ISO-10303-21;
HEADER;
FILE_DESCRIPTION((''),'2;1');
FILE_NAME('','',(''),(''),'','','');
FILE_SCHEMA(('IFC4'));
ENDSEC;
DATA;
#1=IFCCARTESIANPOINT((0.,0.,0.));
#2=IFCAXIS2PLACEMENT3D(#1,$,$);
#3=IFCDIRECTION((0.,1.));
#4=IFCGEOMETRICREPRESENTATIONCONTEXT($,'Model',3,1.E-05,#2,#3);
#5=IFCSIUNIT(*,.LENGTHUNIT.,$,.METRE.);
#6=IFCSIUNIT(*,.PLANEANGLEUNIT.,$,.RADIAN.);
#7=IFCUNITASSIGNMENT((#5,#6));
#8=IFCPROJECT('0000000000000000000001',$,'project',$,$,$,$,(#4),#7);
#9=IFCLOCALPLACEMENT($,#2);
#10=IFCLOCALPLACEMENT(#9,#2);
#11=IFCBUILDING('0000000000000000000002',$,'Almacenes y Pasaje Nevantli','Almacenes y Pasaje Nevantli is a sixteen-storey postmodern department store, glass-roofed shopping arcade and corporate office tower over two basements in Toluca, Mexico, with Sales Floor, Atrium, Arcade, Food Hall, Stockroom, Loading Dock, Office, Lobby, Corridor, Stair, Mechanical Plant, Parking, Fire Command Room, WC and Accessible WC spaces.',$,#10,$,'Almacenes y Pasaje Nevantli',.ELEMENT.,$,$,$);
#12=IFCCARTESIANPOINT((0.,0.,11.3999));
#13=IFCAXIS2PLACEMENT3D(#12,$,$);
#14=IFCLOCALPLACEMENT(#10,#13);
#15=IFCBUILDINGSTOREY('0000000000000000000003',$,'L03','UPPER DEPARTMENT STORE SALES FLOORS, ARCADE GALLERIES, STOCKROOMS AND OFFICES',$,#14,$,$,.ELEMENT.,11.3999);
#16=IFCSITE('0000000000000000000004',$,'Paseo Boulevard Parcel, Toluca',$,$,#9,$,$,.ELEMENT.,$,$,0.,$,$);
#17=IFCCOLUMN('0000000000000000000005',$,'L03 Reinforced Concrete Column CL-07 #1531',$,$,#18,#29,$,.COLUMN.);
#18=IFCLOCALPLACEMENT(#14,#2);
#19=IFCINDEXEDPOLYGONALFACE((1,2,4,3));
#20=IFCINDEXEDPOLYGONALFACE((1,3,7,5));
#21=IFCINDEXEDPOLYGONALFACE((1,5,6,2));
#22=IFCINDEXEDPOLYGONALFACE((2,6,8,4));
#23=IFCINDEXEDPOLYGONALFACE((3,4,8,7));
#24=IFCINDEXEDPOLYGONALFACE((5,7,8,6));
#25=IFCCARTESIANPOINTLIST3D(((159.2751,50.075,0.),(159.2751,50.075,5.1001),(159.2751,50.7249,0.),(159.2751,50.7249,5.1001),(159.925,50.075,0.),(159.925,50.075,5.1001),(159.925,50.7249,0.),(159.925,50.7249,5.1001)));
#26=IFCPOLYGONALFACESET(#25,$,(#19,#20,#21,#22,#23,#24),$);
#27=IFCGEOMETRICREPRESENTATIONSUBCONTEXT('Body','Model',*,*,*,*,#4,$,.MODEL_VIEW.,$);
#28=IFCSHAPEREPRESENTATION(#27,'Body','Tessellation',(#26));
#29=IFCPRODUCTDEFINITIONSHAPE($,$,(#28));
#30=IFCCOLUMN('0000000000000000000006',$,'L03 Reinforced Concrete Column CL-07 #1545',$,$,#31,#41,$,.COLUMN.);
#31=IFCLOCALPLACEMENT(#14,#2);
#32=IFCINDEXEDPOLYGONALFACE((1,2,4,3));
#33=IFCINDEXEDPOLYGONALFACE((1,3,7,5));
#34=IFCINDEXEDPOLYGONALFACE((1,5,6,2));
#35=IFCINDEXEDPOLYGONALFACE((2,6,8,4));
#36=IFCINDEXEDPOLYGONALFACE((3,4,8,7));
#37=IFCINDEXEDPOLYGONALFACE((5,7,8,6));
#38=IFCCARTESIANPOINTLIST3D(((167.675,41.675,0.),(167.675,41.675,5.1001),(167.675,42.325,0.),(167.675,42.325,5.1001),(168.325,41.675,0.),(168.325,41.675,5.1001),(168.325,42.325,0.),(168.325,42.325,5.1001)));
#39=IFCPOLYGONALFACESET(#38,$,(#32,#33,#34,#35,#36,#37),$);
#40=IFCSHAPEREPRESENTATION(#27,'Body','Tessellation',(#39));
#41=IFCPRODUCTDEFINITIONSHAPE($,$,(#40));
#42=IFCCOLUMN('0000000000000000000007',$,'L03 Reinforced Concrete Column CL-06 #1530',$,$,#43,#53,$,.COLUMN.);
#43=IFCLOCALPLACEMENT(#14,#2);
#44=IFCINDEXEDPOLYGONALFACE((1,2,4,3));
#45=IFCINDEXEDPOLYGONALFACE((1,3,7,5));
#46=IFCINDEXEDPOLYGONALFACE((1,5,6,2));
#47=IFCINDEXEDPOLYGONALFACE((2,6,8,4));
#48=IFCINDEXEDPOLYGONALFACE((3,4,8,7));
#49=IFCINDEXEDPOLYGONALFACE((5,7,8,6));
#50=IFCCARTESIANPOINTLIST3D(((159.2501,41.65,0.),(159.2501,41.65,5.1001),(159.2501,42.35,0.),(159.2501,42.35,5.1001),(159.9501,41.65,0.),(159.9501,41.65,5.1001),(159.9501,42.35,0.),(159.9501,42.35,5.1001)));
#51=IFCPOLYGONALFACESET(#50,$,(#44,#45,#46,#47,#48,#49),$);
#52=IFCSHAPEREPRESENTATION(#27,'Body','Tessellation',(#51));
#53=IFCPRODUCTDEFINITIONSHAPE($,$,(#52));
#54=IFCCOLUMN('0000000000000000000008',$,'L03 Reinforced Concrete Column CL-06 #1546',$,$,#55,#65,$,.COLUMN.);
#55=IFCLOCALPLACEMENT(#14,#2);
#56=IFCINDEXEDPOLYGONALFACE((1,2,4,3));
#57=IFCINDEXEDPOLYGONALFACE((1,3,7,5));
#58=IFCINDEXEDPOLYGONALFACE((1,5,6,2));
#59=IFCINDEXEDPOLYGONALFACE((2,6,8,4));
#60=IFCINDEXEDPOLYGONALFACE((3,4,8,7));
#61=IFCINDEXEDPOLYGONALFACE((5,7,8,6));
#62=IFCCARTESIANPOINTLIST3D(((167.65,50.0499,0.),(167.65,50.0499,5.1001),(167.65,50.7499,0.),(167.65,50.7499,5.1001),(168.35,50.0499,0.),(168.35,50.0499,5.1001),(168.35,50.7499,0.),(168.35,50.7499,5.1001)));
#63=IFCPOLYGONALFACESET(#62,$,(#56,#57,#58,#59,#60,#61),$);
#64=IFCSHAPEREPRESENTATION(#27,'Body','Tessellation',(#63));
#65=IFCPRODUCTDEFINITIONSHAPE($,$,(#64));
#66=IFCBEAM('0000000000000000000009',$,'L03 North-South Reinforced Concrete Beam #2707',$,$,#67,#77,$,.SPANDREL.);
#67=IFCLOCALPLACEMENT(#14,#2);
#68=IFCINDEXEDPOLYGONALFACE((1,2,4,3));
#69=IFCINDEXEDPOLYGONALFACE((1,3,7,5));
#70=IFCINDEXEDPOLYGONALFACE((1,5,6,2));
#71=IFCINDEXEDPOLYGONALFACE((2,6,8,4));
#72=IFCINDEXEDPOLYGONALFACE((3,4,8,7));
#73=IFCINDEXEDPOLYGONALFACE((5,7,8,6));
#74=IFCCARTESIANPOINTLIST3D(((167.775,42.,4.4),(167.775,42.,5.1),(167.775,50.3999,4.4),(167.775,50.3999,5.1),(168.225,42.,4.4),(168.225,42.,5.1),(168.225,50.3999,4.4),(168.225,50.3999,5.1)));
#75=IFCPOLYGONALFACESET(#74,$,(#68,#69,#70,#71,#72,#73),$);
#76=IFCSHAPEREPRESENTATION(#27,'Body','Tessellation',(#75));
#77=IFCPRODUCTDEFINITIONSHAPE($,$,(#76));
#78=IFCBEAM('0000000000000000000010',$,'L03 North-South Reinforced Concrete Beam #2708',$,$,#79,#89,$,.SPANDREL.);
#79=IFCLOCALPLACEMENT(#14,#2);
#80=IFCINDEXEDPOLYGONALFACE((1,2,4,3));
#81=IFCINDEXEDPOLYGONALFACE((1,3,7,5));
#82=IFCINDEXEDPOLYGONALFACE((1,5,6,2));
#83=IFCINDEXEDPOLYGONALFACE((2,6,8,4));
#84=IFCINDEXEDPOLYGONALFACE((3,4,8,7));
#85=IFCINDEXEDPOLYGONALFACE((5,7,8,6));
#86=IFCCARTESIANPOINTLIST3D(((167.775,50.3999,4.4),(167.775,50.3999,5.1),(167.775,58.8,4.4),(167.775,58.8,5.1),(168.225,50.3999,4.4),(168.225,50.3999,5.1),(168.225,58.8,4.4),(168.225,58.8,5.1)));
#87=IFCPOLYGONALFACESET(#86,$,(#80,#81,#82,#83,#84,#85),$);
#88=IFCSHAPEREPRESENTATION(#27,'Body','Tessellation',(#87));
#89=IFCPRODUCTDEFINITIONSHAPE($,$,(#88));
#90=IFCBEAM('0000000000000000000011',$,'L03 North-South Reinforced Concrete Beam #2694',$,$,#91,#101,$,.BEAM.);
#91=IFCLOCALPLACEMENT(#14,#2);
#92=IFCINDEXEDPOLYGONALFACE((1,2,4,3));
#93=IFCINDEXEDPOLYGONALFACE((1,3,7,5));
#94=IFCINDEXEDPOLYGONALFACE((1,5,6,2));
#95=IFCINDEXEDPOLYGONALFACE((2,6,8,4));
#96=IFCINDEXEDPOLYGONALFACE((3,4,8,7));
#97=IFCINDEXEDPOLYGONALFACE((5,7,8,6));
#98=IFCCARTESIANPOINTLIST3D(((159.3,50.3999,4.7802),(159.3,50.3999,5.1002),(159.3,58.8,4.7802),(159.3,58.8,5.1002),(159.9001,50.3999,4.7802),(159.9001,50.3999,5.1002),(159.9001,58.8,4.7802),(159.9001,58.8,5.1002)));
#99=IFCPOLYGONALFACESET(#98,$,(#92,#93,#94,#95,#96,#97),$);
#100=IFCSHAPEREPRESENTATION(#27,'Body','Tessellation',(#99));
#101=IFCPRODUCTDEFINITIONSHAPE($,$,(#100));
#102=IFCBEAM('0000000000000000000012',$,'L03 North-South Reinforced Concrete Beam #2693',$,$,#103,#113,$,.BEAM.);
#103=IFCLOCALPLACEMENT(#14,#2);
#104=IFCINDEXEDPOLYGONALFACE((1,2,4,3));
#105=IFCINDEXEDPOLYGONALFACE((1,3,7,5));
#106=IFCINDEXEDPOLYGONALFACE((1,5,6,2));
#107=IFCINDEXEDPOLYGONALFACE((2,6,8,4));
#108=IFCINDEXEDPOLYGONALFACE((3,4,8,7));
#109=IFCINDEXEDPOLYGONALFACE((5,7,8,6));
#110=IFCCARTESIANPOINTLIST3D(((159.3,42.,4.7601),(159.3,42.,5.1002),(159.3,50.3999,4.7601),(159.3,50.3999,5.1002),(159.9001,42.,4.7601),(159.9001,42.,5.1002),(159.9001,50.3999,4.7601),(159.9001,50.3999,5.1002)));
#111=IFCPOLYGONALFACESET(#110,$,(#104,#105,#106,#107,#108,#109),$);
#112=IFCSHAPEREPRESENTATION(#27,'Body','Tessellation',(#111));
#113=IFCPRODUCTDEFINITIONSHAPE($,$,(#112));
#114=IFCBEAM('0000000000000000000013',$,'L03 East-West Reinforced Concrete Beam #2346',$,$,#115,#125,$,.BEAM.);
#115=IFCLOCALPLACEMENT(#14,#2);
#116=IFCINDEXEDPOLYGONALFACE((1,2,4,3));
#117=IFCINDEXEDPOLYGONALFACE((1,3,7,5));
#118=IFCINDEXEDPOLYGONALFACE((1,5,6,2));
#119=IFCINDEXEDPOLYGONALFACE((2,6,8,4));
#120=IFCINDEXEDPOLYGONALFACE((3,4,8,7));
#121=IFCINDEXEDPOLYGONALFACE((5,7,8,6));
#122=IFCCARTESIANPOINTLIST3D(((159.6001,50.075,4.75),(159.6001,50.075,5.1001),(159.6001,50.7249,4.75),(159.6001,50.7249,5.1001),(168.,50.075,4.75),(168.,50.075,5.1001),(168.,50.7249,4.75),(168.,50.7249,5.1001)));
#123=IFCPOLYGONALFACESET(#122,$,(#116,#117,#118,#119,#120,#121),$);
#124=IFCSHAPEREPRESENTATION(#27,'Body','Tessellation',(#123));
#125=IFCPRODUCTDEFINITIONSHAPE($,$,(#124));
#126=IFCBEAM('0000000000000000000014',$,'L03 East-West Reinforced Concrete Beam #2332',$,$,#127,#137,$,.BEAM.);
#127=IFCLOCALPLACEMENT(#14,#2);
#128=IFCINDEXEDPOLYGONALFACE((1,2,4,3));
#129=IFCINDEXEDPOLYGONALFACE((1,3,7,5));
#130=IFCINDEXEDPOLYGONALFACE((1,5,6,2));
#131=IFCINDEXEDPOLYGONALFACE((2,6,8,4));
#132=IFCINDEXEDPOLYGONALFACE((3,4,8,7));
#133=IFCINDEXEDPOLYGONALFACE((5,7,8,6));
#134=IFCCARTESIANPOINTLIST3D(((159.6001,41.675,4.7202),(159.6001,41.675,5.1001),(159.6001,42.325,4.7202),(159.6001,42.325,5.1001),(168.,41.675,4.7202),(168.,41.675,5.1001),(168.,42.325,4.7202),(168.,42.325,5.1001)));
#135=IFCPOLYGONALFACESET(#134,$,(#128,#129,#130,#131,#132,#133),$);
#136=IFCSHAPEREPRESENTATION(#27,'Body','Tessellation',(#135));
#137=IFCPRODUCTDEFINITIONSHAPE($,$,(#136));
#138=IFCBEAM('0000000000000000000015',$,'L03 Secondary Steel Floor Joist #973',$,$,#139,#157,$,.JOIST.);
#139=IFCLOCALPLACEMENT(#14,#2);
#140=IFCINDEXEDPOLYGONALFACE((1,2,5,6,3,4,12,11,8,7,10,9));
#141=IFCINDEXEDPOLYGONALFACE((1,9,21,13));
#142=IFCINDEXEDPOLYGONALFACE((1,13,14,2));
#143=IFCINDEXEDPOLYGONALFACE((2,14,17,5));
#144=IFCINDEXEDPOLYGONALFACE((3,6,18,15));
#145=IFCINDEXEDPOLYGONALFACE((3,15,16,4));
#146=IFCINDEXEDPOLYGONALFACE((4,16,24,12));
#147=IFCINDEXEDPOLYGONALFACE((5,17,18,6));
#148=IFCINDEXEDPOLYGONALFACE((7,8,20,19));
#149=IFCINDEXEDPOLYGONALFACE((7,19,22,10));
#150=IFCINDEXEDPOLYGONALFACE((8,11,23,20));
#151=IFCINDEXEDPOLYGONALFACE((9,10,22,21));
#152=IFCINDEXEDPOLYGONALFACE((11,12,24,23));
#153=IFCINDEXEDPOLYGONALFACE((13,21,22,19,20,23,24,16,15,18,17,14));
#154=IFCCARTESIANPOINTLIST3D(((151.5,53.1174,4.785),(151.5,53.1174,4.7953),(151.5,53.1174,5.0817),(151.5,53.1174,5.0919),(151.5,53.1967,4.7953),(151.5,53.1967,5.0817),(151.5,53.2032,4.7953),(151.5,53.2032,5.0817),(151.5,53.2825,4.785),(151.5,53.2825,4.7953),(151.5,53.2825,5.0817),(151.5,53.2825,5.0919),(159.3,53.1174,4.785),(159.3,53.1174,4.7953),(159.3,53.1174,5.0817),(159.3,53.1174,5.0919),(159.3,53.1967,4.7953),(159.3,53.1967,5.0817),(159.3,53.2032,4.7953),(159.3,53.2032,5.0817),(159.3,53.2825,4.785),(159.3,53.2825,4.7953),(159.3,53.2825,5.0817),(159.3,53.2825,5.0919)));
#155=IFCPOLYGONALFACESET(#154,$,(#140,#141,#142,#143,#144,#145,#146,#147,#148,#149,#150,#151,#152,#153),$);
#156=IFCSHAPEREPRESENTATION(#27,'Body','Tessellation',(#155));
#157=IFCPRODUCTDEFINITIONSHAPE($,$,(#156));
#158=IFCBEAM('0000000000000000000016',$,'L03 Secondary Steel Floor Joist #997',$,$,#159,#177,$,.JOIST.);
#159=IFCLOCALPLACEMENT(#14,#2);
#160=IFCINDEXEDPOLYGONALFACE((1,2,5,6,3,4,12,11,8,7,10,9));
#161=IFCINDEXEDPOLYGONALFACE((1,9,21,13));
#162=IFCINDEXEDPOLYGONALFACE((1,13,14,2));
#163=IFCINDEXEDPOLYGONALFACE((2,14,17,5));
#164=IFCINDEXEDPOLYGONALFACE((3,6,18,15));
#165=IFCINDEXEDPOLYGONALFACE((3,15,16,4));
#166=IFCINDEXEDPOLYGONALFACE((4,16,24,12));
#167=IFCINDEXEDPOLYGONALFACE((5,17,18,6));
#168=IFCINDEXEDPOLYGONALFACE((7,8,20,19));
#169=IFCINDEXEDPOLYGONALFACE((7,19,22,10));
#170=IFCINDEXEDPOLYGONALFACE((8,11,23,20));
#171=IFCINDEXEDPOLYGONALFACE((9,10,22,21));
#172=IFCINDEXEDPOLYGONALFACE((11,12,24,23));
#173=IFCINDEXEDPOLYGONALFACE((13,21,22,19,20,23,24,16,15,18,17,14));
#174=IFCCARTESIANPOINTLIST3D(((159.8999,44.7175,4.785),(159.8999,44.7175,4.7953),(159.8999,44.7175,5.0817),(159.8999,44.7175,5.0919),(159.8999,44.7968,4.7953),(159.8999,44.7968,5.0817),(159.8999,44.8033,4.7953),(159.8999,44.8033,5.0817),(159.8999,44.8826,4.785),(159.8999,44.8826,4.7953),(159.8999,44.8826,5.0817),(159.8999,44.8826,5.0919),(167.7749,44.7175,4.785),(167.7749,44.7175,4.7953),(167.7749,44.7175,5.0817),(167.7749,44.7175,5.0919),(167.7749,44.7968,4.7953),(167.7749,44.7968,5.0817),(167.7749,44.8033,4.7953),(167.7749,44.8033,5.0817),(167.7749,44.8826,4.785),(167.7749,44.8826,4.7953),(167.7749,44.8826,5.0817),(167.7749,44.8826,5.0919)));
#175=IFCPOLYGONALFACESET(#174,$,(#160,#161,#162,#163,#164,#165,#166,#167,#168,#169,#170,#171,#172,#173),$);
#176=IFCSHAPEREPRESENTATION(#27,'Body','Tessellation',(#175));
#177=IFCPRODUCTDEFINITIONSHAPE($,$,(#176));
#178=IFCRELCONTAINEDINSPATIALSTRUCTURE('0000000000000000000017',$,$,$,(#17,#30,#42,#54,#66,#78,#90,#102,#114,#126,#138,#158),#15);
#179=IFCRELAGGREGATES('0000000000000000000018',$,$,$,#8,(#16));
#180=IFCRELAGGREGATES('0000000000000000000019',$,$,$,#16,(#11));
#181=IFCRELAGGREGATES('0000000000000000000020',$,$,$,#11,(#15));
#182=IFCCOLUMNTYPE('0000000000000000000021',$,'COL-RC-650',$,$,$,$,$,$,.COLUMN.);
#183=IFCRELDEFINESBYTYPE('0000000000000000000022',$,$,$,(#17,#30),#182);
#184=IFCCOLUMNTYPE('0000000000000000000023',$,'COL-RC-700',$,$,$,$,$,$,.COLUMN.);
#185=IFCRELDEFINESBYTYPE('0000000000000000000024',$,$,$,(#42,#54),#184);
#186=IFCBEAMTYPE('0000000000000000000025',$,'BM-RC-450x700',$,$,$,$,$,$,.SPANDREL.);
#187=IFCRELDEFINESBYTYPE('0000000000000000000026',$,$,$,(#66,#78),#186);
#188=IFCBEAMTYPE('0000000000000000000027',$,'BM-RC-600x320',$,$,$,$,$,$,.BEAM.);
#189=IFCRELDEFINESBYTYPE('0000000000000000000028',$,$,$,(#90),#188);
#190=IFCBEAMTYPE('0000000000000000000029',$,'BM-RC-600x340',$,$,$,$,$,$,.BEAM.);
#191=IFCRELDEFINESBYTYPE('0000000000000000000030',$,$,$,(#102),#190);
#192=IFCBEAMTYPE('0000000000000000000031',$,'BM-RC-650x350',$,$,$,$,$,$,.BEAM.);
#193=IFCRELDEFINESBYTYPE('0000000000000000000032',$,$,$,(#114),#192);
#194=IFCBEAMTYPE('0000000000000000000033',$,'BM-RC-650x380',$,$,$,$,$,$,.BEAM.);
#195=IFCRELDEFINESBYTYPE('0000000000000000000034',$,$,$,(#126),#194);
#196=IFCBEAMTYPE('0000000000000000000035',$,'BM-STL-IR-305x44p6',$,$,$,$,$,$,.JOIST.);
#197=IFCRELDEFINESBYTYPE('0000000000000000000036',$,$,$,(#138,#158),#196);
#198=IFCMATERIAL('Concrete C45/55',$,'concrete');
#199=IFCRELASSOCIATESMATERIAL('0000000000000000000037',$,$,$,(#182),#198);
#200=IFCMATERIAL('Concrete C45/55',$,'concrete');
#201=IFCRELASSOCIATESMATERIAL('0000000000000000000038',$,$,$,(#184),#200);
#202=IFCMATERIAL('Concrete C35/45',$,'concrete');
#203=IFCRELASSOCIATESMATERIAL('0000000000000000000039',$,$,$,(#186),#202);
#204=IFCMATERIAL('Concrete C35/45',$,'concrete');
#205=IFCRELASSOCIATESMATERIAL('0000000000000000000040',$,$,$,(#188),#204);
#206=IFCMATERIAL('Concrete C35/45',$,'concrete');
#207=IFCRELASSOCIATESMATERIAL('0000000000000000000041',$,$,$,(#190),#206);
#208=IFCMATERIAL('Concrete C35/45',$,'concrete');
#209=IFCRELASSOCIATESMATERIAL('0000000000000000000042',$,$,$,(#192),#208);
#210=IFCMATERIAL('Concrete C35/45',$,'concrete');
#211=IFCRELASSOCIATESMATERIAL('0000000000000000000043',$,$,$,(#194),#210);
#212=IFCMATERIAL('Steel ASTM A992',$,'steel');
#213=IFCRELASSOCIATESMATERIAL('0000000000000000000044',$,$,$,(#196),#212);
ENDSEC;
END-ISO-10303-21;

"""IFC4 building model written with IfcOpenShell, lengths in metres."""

from ifc_helpers import new_model, si_unit, direction, frame, origin, origin_2d, place, context, subcontext, project, spatial, rectangle, i_section, extrude, material, material_profile, profile_set, type_object, element, save


model = new_model("IFC4")

# Units and contexts
model_context = context("Model", 3, precision=1e-05, world=origin(), true_north=direction((0.0, 1.0)))
body_context = subcontext(model_context, "Body", "Model", "MODEL_VIEW")
ifc_project = project(units=[si_unit("LENGTHUNIT", "METRE"), si_unit("PLANEANGLEUNIT", "RADIAN")], contexts=[model_context])

# Site, building, storey
site_placement = place(None, origin())
site = spatial("IfcSite", under=ifc_project, at=site_placement, Name="Paseo Boulevard Parcel, Toluca", CompositionType="ELEMENT", RefElevation=0.0)
building_placement = place(site_placement, origin())
building = spatial("IfcBuilding", under=site, at=building_placement, Name="Almacenes y Pasaje Nevantli", Description="Almacenes y Pasaje Nevantli is a sixteen-storey postmodern department store, glass-roofed shopping arcade and corporate office tower over two basements in Toluca, Mexico, with Sales Floor, Atrium, Arcade, Food Hall, Stockroom, Loading Dock, Office, Lobby, Corridor, Stair, Mechanical Plant, Parking, Fire Command Room, WC and Accessible WC spaces.", LongName="Almacenes y Pasaje Nevantli", CompositionType="ELEMENT")
storey_placement = place(building_placement, frame((0.0, 0.0, 11.3999)))
storey = spatial("IfcBuildingStorey", under=building, at=storey_placement, Name="L03", Description="UPPER DEPARTMENT STORE SALES FLOORS, ARCADE GALLERIES, STOCKROOMS AND OFFICES", CompositionType="ELEMENT", Elevation=11.3999)

# Columns
ifc_material_1 = material(Name="Concrete C45/55", Category="concrete")
ifc_material_profile_1 = material_profile(ifc_material_1, rectangle(XDim=0.6499, YDim=0.6499, at=origin_2d()), Name="RC-COL-650x650")
ifc_profile_set_1 = profile_set([ifc_material_profile_1], Name="Concrete C45/55")
column_type_1 = type_object("IfcColumnType", Name="COL-RC-650", PredefinedType="COLUMN", material=ifc_profile_set_1)
for number, where, z_axis, x_axis, name in (
    (1, (159.6001, 50.3999, 0.0), (0.0, 0.0, 1.0), (1.0, 0.0, 0.0), "L03 Reinforced Concrete Column CL-07 #1531"),
    (2, (168.0, 42.0, 0.0), (0.0, 0.0, 1.0), (1.0, 0.0, 0.0), "L03 Reinforced Concrete Column CL-07 #1545"),
):
    element("IfcColumn", number, at=place(storey_placement, frame(where, z_axis=z_axis, x_axis=x_axis)), inside=storey, type_object=column_type_1, Name=name, PredefinedType="COLUMN", context=body_context, shape_type="SweptSolid", body=[
        extrude(rectangle(XDim=0.6499, YDim=0.6499, at=origin_2d()), origin(), (0.0, 0.0, 1.0), 5.1001),
    ])
ifc_material_2 = material(Name="Concrete C45/55", Category="concrete")
ifc_material_profile_2 = material_profile(ifc_material_2, rectangle(XDim=0.7, YDim=0.7, at=origin_2d()), Name="RC-COL-700x700")
ifc_profile_set_2 = profile_set([ifc_material_profile_2], Name="Concrete C45/55")
column_type_2 = type_object("IfcColumnType", Name="COL-RC-700", PredefinedType="COLUMN", material=ifc_profile_set_2)
for number, where, z_axis, x_axis, name in (
    (3, (159.6001, 42.0, 0.0), (0.0, 0.0, 1.0), (1.0, 0.0, 0.0), "L03 Reinforced Concrete Column CL-06 #1530"),
    (4, (168.0, 50.3999, 0.0), (0.0, 0.0, 1.0), (1.0, 0.0, 0.0), "L03 Reinforced Concrete Column CL-06 #1546"),
):
    element("IfcColumn", number, at=place(storey_placement, frame(where, z_axis=z_axis, x_axis=x_axis)), inside=storey, type_object=column_type_2, Name=name, PredefinedType="COLUMN", context=body_context, shape_type="SweptSolid", body=[
        extrude(rectangle(XDim=0.7, YDim=0.7, at=origin_2d()), origin(), (0.0, 0.0, 1.0), 5.1001),
    ])

# Beams
ifc_material_3 = material(Name="Concrete C35/45", Category="concrete")
ifc_material_profile_3 = material_profile(ifc_material_3, rectangle(XDim=0.45, YDim=0.7, at=origin_2d()), Name="RC-BM-450x700")
ifc_profile_set_3 = profile_set([ifc_material_profile_3], Name="Concrete C35/45")
beam_type_1 = type_object("IfcBeamType", Name="BM-RC-450x700", PredefinedType="SPANDREL", material=ifc_profile_set_3)
beam_1_placement = place(storey_placement, frame((168.0, 42.0, 4.75), z_axis=(0.0, 1.0, 0.0), x_axis=(-1.0, 0.0, 0.0)))
element("IfcBeam", 5, at=beam_1_placement, inside=storey, type_object=beam_type_1, Name="L03 North-South Reinforced Concrete Beam #2707", PredefinedType="SPANDREL", context=body_context, shape_type="SweptSolid", body=[
    extrude(rectangle(XDim=0.45, YDim=0.7, at=origin_2d()), origin(), (0.0, 0.0, 1.0), 8.3999),
])
beam_2_placement = place(storey_placement, frame((168.0, 50.3999, 4.75), z_axis=(0.0, 1.0, 0.0), x_axis=(-1.0, 0.0, 0.0)))
element("IfcBeam", 6, at=beam_2_placement, inside=storey, type_object=beam_type_1, Name="L03 North-South Reinforced Concrete Beam #2708", PredefinedType="SPANDREL", context=body_context, shape_type="SweptSolid", body=[
    extrude(rectangle(XDim=0.45, YDim=0.7, at=origin_2d()), origin(), (0.0, 0.0, 1.0), 8.4001),
])
ifc_material_4 = material(Name="Concrete C35/45", Category="concrete")
ifc_material_profile_4 = material_profile(ifc_material_4, rectangle(XDim=0.6001, YDim=0.3201, at=origin_2d()), Name="RC-BM-600x320")
ifc_profile_set_4 = profile_set([ifc_material_profile_4], Name="Concrete C35/45")
beam_type_2 = type_object("IfcBeamType", Name="BM-RC-600x320", PredefinedType="BEAM", material=ifc_profile_set_4)
beam_3_placement = place(storey_placement, frame((159.6001, 50.3999, 4.9402), z_axis=(0.0, 1.0, 0.0), x_axis=(-1.0, 0.0, 0.0)))
element("IfcBeam", 7, at=beam_3_placement, inside=storey, type_object=beam_type_2, Name="L03 North-South Reinforced Concrete Beam #2694", PredefinedType="BEAM", context=body_context, shape_type="SweptSolid", body=[
    extrude(rectangle(XDim=0.6001, YDim=0.3201, at=origin_2d()), origin(), (0.0, 0.0, 1.0), 8.4001),
])
ifc_material_5 = material(Name="Concrete C35/45", Category="concrete")
ifc_material_profile_5 = material_profile(ifc_material_5, rectangle(XDim=0.6001, YDim=0.3401, at=origin_2d()), Name="RC-BM-600x340")
ifc_profile_set_5 = profile_set([ifc_material_profile_5], Name="Concrete C35/45")
beam_type_3 = type_object("IfcBeamType", Name="BM-RC-600x340", PredefinedType="BEAM", material=ifc_profile_set_5)
beam_4_placement = place(storey_placement, frame((159.6001, 42.0, 4.9302), z_axis=(0.0, 1.0, 0.0), x_axis=(-1.0, 0.0, 0.0)))
element("IfcBeam", 8, at=beam_4_placement, inside=storey, type_object=beam_type_3, Name="L03 North-South Reinforced Concrete Beam #2693", PredefinedType="BEAM", context=body_context, shape_type="SweptSolid", body=[
    extrude(rectangle(XDim=0.6001, YDim=0.3401, at=origin_2d()), origin(), (0.0, 0.0, 1.0), 8.3999),
])
ifc_material_6 = material(Name="Concrete C35/45", Category="concrete")
ifc_material_profile_6 = material_profile(ifc_material_6, rectangle(XDim=0.6499, YDim=0.3501, at=origin_2d()), Name="RC-BM-650x350")
ifc_profile_set_6 = profile_set([ifc_material_profile_6], Name="Concrete C35/45")
beam_type_4 = type_object("IfcBeamType", Name="BM-RC-650x350", PredefinedType="BEAM", material=ifc_profile_set_6)
beam_5_placement = place(storey_placement, frame((159.6001, 50.3999, 4.925), z_axis=(1.0, 0.0, 0.0), x_axis=(0.0, 1.0, 0.0)))
element("IfcBeam", 9, at=beam_5_placement, inside=storey, type_object=beam_type_4, Name="L03 East-West Reinforced Concrete Beam #2346", PredefinedType="BEAM", context=body_context, shape_type="SweptSolid", body=[
    extrude(rectangle(XDim=0.6499, YDim=0.3501, at=origin_2d()), origin(), (0.0, 0.0, 1.0), 8.3999),
])
ifc_material_7 = material(Name="Concrete C35/45", Category="concrete")
ifc_material_profile_7 = material_profile(ifc_material_7, rectangle(XDim=0.6499, YDim=0.3799, at=origin_2d()), Name="RC-BM-650x380")
ifc_profile_set_7 = profile_set([ifc_material_profile_7], Name="Concrete C35/45")
beam_type_5 = type_object("IfcBeamType", Name="BM-RC-650x380", PredefinedType="BEAM", material=ifc_profile_set_7)
beam_6_placement = place(storey_placement, frame((159.6001, 42.0, 4.9102), z_axis=(1.0, 0.0, 0.0), x_axis=(0.0, 1.0, 0.0)))
element("IfcBeam", 10, at=beam_6_placement, inside=storey, type_object=beam_type_5, Name="L03 East-West Reinforced Concrete Beam #2332", PredefinedType="BEAM", context=body_context, shape_type="SweptSolid", body=[
    extrude(rectangle(XDim=0.6499, YDim=0.3799, at=origin_2d()), origin(), (0.0, 0.0, 1.0), 8.3999),
])
ifc_material_8 = material(Name="Steel ASTM A992", Category="steel")
ifc_material_profile_8 = material_profile(ifc_material_8, i_section(OverallWidth=0.165, OverallDepth=0.3069, WebThickness=0.0066, FlangeThickness=0.0103, at=origin_2d()), Name="IR 305x44.6")
ifc_profile_set_8 = profile_set([ifc_material_profile_8], Name="Steel ASTM A992")
beam_type_6 = type_object("IfcBeamType", Name="BM-STL-IR-305x44p6", PredefinedType="JOIST", material=ifc_profile_set_8)
beam_7_placement = place(storey_placement, frame((151.5, 53.2, 4.9385), z_axis=(1.0, 0.0, 0.0), x_axis=(0.0, 1.0, 0.0)))
element("IfcBeam", 11, at=beam_7_placement, inside=storey, type_object=beam_type_6, Name="L03 Secondary Steel Floor Joist #973", PredefinedType="JOIST", context=body_context, shape_type="SweptSolid", body=[
    extrude(i_section(OverallWidth=0.165, OverallDepth=0.3069, WebThickness=0.0066, FlangeThickness=0.0103, at=origin_2d()), origin(), (0.0, 0.0, 1.0), 7.8),
])
for number, where, z_axis, x_axis, name in (
    (12, (159.8999, 44.8, 4.9385), (1.0, 0.0, 0.0), (0.0, 1.0, 0.0), "L03 Secondary Steel Floor Joist #997"),
):
    element("IfcBeam", number, at=place(storey_placement, frame(where, z_axis=z_axis, x_axis=x_axis)), inside=storey, type_object=beam_type_6, Name=name, PredefinedType="JOIST", context=body_context, shape_type="SweptSolid", body=[
        extrude(i_section(OverallWidth=0.165, OverallDepth=0.3069, WebThickness=0.0066, FlangeThickness=0.0103, at=origin_2d()), origin(), (0.0, 0.0, 1.0), 7.875),
    ])

save(model, "model.ifc")
